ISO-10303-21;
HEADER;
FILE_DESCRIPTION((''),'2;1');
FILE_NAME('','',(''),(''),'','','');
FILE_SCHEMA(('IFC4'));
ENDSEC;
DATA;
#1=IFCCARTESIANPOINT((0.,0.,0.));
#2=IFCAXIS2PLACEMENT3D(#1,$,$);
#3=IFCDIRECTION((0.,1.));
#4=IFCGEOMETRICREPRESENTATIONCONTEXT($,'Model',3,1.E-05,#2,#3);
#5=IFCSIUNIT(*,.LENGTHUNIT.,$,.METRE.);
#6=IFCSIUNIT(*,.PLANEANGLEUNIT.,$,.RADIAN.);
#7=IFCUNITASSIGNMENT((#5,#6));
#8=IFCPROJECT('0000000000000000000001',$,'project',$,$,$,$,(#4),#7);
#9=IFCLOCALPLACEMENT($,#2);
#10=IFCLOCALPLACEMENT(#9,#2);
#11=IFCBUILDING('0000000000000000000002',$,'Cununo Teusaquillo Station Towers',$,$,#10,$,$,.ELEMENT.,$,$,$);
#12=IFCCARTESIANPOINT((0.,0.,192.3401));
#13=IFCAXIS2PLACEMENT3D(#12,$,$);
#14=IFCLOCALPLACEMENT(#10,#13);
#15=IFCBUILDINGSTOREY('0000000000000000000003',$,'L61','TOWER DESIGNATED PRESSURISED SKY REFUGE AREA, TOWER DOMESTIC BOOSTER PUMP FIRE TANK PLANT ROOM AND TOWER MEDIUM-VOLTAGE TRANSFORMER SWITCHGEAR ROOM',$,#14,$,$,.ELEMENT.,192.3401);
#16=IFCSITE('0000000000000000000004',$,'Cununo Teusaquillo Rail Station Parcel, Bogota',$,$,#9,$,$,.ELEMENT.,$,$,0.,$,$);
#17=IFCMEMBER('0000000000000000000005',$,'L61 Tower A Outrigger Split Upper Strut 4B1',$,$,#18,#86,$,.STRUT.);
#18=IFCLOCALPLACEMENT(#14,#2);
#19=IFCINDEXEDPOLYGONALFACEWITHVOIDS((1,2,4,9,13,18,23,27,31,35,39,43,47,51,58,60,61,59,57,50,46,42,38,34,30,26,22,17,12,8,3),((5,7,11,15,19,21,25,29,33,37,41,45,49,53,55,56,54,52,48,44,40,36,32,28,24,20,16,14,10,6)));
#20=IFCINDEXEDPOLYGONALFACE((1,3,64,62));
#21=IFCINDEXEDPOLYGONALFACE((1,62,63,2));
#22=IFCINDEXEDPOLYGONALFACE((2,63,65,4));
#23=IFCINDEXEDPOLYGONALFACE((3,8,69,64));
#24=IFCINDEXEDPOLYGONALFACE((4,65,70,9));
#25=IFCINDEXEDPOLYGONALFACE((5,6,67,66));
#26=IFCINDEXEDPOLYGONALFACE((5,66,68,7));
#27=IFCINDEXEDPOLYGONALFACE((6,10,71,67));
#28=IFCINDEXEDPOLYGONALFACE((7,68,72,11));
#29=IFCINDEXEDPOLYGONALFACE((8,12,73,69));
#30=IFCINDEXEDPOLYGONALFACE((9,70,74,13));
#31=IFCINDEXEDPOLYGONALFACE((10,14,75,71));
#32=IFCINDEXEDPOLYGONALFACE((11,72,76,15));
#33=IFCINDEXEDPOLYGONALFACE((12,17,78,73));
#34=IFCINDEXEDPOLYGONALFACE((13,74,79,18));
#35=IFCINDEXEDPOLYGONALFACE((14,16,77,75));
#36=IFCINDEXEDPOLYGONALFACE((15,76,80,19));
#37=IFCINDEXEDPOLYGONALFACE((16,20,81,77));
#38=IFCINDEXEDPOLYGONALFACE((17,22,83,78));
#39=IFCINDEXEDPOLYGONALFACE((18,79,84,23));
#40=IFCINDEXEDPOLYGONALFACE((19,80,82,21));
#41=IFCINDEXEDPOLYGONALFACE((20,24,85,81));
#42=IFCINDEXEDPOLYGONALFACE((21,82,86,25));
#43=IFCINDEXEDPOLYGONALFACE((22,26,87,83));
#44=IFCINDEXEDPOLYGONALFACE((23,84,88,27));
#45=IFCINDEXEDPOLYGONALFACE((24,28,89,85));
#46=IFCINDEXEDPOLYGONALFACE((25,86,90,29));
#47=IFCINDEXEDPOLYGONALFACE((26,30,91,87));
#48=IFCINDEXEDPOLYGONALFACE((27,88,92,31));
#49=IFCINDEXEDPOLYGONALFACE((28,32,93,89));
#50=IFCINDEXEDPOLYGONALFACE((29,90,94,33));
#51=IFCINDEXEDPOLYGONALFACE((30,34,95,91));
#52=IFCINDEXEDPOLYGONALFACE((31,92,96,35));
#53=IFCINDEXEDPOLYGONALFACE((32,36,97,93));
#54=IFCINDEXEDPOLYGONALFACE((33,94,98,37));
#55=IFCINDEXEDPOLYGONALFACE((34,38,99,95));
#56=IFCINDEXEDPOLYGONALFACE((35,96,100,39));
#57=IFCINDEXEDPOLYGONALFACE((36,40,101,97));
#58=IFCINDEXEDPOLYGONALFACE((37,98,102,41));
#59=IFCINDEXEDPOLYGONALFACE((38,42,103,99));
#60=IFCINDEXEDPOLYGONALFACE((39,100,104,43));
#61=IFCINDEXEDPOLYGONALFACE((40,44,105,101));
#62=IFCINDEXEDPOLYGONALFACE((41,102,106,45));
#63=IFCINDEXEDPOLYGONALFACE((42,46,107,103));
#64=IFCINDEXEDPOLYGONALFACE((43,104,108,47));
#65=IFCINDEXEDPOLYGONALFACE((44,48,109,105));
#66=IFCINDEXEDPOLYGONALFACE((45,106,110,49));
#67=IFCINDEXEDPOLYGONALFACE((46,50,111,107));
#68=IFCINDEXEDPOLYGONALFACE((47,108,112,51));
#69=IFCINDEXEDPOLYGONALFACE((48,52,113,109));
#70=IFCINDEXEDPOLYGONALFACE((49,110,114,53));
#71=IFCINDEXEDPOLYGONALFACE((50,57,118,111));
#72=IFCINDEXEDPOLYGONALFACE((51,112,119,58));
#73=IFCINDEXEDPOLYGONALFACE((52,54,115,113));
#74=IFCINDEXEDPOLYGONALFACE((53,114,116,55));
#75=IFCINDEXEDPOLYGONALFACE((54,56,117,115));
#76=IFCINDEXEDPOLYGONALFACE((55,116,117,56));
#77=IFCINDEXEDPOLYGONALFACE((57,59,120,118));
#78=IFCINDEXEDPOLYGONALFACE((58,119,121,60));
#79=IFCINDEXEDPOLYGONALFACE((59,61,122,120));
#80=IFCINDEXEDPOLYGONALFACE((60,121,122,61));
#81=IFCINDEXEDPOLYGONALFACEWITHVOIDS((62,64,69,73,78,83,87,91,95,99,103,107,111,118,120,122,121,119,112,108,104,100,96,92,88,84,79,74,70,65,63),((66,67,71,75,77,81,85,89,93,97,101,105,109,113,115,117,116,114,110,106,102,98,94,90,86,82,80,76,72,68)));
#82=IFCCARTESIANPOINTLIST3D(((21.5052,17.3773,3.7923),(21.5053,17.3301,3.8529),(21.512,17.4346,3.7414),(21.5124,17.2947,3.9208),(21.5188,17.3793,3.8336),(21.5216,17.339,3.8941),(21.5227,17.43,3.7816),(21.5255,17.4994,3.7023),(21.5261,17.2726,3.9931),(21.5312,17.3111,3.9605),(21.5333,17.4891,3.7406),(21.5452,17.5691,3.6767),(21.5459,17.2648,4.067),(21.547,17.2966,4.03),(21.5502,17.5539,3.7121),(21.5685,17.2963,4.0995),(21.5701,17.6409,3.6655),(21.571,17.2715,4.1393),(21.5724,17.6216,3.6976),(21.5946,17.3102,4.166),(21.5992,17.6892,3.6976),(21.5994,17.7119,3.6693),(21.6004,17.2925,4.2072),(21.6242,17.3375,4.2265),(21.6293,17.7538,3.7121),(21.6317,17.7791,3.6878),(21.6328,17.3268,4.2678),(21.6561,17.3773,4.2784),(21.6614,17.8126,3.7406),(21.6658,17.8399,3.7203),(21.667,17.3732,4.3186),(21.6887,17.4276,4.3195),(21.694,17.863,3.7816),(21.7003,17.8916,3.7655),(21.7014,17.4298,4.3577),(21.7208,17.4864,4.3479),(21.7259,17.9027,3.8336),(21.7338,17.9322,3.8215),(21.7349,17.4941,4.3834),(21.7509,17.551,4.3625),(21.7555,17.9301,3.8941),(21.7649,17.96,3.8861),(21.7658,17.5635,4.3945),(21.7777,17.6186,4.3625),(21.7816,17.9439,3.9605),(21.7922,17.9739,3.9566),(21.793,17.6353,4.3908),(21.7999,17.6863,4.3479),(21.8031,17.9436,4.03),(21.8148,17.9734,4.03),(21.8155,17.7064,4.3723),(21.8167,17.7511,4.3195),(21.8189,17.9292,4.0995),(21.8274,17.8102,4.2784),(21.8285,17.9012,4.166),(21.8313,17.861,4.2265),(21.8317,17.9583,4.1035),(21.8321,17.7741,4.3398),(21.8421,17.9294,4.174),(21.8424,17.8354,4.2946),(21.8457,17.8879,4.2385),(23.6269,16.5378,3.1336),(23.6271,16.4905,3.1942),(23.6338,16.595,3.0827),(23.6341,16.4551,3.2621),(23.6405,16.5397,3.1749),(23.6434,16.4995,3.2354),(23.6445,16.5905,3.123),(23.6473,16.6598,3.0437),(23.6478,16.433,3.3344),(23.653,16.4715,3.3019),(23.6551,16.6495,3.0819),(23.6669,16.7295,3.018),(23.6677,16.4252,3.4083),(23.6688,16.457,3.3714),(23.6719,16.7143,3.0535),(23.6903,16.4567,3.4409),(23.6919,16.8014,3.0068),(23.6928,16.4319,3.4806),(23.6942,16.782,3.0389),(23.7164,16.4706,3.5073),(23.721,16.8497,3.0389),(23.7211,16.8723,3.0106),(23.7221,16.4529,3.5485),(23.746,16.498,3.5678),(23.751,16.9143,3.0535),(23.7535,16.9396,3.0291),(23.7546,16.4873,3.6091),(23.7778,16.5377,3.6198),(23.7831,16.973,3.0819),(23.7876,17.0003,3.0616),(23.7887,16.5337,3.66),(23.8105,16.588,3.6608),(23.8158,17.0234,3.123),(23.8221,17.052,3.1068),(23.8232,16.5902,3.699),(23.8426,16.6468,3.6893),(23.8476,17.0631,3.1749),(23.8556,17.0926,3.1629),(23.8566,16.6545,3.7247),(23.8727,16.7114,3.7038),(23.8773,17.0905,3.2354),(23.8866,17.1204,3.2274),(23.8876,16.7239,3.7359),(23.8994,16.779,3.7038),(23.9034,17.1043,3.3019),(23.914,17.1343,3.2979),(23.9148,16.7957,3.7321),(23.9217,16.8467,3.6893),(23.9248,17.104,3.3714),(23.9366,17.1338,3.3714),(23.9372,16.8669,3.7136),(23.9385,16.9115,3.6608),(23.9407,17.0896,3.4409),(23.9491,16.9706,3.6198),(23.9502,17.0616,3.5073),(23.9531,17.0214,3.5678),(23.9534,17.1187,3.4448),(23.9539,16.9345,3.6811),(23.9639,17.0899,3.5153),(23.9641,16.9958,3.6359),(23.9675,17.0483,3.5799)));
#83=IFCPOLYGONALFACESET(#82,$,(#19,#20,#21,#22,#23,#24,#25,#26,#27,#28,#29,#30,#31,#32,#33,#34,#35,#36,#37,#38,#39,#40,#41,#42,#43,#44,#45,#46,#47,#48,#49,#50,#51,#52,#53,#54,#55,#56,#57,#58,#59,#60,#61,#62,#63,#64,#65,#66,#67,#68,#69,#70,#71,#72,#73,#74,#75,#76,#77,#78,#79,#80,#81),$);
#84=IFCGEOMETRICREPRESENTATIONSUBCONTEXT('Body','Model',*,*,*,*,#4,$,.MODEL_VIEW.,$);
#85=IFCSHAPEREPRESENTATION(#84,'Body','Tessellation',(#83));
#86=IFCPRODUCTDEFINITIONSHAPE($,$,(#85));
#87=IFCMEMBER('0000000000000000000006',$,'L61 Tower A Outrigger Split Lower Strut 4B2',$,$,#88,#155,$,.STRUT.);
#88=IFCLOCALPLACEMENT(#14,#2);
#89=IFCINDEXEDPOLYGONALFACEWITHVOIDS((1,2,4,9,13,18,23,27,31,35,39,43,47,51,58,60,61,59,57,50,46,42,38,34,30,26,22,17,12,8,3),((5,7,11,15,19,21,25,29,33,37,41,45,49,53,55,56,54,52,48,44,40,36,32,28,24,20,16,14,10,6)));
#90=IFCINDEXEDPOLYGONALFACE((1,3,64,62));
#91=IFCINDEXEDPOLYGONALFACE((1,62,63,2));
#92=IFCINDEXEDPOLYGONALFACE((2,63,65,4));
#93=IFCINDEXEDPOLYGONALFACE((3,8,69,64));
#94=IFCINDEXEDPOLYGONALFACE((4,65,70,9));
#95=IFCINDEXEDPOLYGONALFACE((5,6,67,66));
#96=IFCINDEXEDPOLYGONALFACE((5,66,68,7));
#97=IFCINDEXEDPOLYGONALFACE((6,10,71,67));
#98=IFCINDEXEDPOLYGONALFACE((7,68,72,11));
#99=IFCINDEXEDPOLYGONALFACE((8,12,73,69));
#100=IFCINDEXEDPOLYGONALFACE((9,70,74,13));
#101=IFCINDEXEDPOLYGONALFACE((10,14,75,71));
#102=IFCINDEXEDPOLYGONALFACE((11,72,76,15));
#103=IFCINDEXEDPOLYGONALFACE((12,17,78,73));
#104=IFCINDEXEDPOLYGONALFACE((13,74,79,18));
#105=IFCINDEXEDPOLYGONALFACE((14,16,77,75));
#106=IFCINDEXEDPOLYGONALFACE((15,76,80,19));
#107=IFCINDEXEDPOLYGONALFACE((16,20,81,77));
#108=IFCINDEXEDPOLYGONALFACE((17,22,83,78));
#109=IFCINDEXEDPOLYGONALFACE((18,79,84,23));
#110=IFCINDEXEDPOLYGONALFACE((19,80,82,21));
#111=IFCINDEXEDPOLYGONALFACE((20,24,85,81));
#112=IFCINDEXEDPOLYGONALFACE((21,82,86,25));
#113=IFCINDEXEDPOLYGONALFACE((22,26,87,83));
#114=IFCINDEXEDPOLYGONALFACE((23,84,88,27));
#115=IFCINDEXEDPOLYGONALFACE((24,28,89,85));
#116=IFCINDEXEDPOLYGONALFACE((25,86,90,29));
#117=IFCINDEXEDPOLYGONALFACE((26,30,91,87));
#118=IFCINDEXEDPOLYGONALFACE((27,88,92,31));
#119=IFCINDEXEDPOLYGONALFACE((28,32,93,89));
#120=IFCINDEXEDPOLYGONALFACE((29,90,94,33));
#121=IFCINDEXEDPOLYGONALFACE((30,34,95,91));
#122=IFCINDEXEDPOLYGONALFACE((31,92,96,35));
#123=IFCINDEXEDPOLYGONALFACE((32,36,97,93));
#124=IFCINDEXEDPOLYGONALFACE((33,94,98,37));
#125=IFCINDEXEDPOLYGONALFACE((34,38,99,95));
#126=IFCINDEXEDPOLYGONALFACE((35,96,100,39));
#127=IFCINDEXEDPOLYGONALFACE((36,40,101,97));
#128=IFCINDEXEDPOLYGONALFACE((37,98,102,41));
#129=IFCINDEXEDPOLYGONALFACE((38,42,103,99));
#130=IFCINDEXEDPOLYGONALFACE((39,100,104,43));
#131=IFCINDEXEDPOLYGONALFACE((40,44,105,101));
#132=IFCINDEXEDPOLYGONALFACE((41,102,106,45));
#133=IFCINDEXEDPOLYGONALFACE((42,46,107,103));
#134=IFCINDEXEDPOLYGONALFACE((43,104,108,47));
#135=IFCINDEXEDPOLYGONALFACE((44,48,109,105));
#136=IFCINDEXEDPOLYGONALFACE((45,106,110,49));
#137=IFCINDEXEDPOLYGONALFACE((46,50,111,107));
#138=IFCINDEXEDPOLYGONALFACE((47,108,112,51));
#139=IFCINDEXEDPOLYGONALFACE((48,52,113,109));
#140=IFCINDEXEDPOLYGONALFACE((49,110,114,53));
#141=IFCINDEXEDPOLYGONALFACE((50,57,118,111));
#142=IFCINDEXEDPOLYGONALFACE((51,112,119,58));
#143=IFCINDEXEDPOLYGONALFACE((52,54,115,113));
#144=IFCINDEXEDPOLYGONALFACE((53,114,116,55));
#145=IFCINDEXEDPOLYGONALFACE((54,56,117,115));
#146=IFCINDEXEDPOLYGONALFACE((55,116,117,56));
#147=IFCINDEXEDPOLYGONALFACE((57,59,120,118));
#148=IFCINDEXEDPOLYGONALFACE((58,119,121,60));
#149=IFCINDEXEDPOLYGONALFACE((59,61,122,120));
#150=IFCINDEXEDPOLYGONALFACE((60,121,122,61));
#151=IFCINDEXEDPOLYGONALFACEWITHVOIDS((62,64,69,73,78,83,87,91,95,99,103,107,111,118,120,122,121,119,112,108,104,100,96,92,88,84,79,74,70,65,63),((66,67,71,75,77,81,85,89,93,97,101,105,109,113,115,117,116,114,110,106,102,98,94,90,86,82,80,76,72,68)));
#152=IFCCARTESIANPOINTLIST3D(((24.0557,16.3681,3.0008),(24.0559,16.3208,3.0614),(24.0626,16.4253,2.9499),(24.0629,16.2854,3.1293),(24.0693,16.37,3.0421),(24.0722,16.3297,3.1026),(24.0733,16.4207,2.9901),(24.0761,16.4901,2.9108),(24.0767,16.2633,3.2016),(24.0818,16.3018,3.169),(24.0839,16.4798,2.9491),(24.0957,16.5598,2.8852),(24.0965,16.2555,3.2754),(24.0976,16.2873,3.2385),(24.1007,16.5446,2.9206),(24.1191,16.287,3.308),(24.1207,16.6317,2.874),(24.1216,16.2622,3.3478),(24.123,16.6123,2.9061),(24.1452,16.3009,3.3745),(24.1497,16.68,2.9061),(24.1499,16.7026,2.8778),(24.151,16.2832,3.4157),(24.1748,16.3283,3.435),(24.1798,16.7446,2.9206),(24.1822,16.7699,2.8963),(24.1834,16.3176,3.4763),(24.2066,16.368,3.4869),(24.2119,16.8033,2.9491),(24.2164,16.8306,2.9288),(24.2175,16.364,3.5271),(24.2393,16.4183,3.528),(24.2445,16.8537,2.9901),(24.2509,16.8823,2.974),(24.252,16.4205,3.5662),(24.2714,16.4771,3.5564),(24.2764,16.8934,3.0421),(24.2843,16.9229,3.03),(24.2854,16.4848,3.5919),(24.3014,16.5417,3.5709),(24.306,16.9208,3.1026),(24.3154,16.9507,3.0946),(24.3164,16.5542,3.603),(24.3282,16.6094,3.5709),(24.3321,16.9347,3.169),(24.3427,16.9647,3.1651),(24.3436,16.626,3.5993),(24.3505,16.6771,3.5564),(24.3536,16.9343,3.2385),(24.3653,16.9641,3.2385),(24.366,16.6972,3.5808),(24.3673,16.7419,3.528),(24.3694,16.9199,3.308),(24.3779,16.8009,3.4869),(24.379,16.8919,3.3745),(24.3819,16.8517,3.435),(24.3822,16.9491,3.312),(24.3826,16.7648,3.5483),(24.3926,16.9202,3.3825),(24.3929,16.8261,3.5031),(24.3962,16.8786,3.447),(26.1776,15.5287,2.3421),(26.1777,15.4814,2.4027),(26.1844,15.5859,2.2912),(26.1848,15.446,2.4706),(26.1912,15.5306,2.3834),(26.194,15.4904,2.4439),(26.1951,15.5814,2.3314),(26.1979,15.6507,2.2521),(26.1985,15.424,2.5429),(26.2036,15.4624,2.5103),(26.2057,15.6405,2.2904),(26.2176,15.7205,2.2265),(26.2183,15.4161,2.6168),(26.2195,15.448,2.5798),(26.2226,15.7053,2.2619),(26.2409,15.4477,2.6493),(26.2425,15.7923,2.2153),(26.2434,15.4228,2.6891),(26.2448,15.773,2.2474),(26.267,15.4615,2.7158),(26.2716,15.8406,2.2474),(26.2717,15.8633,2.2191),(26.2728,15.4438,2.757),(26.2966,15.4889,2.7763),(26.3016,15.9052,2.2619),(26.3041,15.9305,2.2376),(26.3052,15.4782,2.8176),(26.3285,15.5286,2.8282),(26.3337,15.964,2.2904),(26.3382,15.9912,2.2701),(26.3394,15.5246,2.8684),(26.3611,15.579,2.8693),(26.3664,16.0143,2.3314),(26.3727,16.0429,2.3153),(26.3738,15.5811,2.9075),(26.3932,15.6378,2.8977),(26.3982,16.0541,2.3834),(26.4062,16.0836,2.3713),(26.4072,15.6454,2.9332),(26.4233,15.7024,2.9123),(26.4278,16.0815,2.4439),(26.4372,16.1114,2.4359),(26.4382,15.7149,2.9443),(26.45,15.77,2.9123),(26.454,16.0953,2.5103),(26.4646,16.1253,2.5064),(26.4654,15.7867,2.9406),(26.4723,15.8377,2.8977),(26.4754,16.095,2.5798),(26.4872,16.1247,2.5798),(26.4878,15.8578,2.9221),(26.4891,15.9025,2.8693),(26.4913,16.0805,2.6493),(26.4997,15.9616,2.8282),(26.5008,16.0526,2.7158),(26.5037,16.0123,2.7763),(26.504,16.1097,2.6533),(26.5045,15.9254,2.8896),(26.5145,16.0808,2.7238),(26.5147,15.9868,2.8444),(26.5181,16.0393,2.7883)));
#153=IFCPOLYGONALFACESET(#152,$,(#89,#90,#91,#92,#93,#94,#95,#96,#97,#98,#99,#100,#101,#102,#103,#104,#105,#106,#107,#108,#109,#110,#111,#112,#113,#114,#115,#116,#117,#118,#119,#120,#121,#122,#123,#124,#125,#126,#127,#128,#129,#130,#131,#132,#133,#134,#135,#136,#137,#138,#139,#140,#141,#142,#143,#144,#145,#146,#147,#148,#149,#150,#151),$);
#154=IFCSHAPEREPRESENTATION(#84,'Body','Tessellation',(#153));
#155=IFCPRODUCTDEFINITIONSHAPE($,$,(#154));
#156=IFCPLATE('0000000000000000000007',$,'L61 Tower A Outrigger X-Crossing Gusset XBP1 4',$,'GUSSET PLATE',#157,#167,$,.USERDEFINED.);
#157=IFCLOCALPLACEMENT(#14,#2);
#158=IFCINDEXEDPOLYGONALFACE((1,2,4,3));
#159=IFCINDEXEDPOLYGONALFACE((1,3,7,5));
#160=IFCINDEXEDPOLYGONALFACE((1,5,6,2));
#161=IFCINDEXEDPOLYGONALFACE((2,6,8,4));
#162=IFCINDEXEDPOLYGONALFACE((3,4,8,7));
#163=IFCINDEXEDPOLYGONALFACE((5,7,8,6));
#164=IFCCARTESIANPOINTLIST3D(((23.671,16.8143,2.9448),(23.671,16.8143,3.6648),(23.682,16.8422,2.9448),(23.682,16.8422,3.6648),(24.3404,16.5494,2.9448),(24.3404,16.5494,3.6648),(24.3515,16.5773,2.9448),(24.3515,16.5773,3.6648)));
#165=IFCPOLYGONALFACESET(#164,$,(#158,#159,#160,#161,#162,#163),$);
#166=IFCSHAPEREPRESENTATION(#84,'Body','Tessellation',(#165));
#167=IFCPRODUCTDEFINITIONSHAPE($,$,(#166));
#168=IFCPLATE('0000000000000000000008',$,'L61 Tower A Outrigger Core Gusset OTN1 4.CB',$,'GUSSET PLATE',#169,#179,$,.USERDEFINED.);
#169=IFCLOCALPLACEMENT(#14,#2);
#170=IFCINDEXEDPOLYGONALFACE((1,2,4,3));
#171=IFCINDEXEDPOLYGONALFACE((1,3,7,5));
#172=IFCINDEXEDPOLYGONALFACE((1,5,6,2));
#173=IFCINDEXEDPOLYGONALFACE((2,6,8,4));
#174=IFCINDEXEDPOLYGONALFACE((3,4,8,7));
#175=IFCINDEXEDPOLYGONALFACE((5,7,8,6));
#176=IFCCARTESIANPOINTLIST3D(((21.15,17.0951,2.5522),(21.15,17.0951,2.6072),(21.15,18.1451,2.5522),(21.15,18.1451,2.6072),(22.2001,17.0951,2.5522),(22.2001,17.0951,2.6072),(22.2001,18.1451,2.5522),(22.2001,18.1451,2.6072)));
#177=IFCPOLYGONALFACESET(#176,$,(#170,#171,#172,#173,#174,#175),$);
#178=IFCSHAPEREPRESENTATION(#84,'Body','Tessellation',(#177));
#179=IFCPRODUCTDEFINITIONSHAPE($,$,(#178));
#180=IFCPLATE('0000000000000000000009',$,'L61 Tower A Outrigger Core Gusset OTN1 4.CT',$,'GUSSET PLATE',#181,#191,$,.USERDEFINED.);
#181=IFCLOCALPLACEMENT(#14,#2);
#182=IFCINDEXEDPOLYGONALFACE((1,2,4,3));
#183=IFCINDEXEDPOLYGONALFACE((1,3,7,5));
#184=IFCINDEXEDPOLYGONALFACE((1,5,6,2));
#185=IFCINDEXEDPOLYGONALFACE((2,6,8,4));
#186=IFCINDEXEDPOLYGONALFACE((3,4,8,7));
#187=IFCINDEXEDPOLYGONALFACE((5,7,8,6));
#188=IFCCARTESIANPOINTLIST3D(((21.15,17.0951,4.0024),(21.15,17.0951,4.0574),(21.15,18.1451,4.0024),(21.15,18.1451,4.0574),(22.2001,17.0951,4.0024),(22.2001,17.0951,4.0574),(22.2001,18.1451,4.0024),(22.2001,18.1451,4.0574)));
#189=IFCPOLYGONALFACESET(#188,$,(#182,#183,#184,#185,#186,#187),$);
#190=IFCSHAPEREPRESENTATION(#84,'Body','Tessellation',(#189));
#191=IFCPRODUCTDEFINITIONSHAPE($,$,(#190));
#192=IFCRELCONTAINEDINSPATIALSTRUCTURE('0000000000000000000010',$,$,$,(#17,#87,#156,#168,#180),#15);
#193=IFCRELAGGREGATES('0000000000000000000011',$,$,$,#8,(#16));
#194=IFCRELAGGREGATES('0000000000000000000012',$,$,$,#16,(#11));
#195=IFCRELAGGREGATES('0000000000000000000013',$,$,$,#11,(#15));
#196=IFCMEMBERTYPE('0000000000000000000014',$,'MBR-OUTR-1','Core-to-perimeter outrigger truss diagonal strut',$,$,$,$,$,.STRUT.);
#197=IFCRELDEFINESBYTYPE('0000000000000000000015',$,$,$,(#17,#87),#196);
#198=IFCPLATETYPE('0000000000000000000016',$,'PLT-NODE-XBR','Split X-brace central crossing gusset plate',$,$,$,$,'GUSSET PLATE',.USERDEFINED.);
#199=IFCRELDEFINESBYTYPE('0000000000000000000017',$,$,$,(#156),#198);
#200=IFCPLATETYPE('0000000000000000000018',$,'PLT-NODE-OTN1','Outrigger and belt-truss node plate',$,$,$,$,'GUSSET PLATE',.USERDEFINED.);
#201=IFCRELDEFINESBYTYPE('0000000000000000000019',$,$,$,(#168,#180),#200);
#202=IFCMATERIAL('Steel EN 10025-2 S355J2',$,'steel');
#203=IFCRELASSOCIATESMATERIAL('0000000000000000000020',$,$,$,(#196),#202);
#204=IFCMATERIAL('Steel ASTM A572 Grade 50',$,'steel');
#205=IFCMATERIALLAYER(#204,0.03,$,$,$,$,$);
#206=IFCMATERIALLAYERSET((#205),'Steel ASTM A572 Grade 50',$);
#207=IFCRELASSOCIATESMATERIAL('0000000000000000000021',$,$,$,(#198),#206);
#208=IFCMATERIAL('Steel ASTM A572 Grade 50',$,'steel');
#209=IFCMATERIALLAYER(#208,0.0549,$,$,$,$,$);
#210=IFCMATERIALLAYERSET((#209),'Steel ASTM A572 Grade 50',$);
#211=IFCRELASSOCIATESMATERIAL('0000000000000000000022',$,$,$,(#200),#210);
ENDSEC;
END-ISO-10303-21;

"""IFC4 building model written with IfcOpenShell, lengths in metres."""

from ifc_helpers import new_model, si_unit, direction, frame, origin, origin_2d, place, context, subcontext, project, spatial, rectangle, hollow_circle, extrude, source, transform, mapped, material, layer, layer_set, material_profile, profile_set, type_object, element, save


model = new_model("IFC4")

# Units and contexts
model_context = context("Model", 3, precision=1e-05, world=origin(), true_north=direction((0.0, 1.0)))
body_context = subcontext(model_context, "Body", "Model", "MODEL_VIEW")
ifc_project = project(units=[si_unit("LENGTHUNIT", "METRE"), si_unit("PLANEANGLEUNIT", "RADIAN")], contexts=[model_context])

# Site, building, storey
site_placement = place(None, origin())
site = spatial("IfcSite", under=ifc_project, at=site_placement, Name="Cununo Teusaquillo Rail Station Parcel, Bogota", CompositionType="ELEMENT", RefElevation=0.0)
building_placement = place(site_placement, origin())
building = spatial("IfcBuilding", under=site, at=building_placement, Name="Cununo Teusaquillo Station Towers", CompositionType="ELEMENT")
storey_placement = place(building_placement, frame((0.0, 0.0, 192.3401)))
storey = spatial("IfcBuildingStorey", under=building, at=storey_placement, Name="L61", Description="TOWER DESIGNATED PRESSURISED SKY REFUGE AREA, TOWER DOMESTIC BOOSTER PUMP FIRE TANK PLANT ROOM AND TOWER MEDIUM-VOLTAGE TRANSFORMER SWITCHGEAR ROOM", CompositionType="ELEMENT", Elevation=192.3401)

# Members
ifc_material_1 = material(Name="Steel EN 10025-2 S355J2", Category="steel")
ifc_material_profile_1 = material_profile(ifc_material_1, hollow_circle(Radius=0.3799, WallThickness=0.032, at=origin_2d()), Name="CHS 760x32")
ifc_profile_set_1 = profile_set([ifc_material_profile_1], Name="Steel EN 10025-2 S355J2")
member_type_1 = type_object("IfcMemberType", Name="MBR-OUTR-1", Description="Core-to-perimeter outrigger truss diagonal strut", PredefinedType="STRUT", material=ifc_profile_set_1)
for number, where, z_axis, x_axis, name in (
    (1, (21.675, 17.6201, 4.03), (0.893375, -0.353505, -0.277336), (0.367939, 0.92985, 0.0), "L61 Tower A Outrigger Split Upper Strut 4B1"),
    (2, (24.2256, 16.6108, 3.2385), (0.893407, -0.353416, -0.277346), (0.367846, 0.929887, 0.0), "L61 Tower A Outrigger Split Lower Strut 4B2"),
):
    element("IfcMember", number, at=place(storey_placement, frame(where, z_axis=z_axis, x_axis=x_axis)), inside=storey, type_object=member_type_1, Name=name, PredefinedType="STRUT", context=body_context, shape_type="SweptSolid", body=[
        extrude(hollow_circle(Radius=0.3799, WallThickness=0.032, at=origin_2d()), origin(), (0.0, 0.0, 1.0), 2.375),
    ])

# Plates
ifc_material_2 = material(Name="Steel ASTM A572 Grade 50", Category="steel")
ifc_layer_1 = layer(ifc_material_2, 0.03)
ifc_layer_set_1 = layer_set([ifc_layer_1], Name="Steel ASTM A572 Grade 50")
plate_type_1 = type_object("IfcPlateType", Name="PLT-NODE-XBR", Description="Split X-brace central crossing gusset plate", ElementType="GUSSET PLATE", PredefinedType="USERDEFINED", material=ifc_layer_set_1)
shared_shape_1 = source(origin(), body_context, "Body", "SweptSolid", [
    extrude(rectangle(XDim=0.72, YDim=0.03, at=origin_2d()), origin(), (0.0, 0.0, 1.0), 0.72),
])
plate_placement = place(storey_placement, frame((24.0112, 16.6958, 2.9448), z_axis=(0.0, 0.0, 1.0), x_axis=(0.929841, -0.367962, 0.0)))
element("IfcPlate", 3, at=plate_placement, inside=storey, type_object=plate_type_1, Name="L61 Tower A Outrigger X-Crossing Gusset XBP1 4", ObjectType="GUSSET PLATE", PredefinedType="USERDEFINED", context=body_context, shape_type="MappedRepresentation", body=[
    mapped(shared_shape_1, transform((0.0, 0.0, 0.0), x_axis=(1.0, 0.0, 0.0), y_axis=(0.0, 1.0, 0.0), z_axis=(0.0, 0.0, 1.0), scale=1.0)),
])
ifc_material_3 = material(Name="Steel ASTM A572 Grade 50", Category="steel")
ifc_layer_2 = layer(ifc_material_3, 0.0549)
ifc_layer_set_2 = layer_set([ifc_layer_2], Name="Steel ASTM A572 Grade 50")
plate_type_2 = type_object("IfcPlateType", Name="PLT-NODE-OTN1", Description="Outrigger and belt-truss node plate", ElementType="GUSSET PLATE", PredefinedType="USERDEFINED", material=ifc_layer_set_2)
shared_shape_2 = source(origin(), body_context, "Body", "SweptSolid", [
    extrude(rectangle(XDim=1.05, YDim=1.05, at=origin_2d()), origin(), (0.0, 0.0, 1.0), 0.0549),
])
for number, where, z_axis, x_axis, name in (
    (4, (21.675, 17.6201, 2.5522), (0.0, 0.0, 1.0), (1.0, 0.0, 0.0), "L61 Tower A Outrigger Core Gusset OTN1 4.CB"),
    (5, (21.675, 17.6201, 4.0024), (0.0, 0.0, 1.0), (1.0, 0.0, 0.0), "L61 Tower A Outrigger Core Gusset OTN1 4.CT"),
):
    element("IfcPlate", number, at=place(storey_placement, frame(where, z_axis=z_axis, x_axis=x_axis)), inside=storey, type_object=plate_type_2, Name=name, ObjectType="GUSSET PLATE", PredefinedType="USERDEFINED", context=body_context, shape_type="MappedRepresentation", body=[
        mapped(shared_shape_2, transform((0.0, 0.0, 0.0), x_axis=(1.0, 0.0, 0.0), y_axis=(0.0, 1.0, 0.0), z_axis=(0.0, 0.0, 1.0), scale=1.0)),
    ])

save(model, "model.ifc")
